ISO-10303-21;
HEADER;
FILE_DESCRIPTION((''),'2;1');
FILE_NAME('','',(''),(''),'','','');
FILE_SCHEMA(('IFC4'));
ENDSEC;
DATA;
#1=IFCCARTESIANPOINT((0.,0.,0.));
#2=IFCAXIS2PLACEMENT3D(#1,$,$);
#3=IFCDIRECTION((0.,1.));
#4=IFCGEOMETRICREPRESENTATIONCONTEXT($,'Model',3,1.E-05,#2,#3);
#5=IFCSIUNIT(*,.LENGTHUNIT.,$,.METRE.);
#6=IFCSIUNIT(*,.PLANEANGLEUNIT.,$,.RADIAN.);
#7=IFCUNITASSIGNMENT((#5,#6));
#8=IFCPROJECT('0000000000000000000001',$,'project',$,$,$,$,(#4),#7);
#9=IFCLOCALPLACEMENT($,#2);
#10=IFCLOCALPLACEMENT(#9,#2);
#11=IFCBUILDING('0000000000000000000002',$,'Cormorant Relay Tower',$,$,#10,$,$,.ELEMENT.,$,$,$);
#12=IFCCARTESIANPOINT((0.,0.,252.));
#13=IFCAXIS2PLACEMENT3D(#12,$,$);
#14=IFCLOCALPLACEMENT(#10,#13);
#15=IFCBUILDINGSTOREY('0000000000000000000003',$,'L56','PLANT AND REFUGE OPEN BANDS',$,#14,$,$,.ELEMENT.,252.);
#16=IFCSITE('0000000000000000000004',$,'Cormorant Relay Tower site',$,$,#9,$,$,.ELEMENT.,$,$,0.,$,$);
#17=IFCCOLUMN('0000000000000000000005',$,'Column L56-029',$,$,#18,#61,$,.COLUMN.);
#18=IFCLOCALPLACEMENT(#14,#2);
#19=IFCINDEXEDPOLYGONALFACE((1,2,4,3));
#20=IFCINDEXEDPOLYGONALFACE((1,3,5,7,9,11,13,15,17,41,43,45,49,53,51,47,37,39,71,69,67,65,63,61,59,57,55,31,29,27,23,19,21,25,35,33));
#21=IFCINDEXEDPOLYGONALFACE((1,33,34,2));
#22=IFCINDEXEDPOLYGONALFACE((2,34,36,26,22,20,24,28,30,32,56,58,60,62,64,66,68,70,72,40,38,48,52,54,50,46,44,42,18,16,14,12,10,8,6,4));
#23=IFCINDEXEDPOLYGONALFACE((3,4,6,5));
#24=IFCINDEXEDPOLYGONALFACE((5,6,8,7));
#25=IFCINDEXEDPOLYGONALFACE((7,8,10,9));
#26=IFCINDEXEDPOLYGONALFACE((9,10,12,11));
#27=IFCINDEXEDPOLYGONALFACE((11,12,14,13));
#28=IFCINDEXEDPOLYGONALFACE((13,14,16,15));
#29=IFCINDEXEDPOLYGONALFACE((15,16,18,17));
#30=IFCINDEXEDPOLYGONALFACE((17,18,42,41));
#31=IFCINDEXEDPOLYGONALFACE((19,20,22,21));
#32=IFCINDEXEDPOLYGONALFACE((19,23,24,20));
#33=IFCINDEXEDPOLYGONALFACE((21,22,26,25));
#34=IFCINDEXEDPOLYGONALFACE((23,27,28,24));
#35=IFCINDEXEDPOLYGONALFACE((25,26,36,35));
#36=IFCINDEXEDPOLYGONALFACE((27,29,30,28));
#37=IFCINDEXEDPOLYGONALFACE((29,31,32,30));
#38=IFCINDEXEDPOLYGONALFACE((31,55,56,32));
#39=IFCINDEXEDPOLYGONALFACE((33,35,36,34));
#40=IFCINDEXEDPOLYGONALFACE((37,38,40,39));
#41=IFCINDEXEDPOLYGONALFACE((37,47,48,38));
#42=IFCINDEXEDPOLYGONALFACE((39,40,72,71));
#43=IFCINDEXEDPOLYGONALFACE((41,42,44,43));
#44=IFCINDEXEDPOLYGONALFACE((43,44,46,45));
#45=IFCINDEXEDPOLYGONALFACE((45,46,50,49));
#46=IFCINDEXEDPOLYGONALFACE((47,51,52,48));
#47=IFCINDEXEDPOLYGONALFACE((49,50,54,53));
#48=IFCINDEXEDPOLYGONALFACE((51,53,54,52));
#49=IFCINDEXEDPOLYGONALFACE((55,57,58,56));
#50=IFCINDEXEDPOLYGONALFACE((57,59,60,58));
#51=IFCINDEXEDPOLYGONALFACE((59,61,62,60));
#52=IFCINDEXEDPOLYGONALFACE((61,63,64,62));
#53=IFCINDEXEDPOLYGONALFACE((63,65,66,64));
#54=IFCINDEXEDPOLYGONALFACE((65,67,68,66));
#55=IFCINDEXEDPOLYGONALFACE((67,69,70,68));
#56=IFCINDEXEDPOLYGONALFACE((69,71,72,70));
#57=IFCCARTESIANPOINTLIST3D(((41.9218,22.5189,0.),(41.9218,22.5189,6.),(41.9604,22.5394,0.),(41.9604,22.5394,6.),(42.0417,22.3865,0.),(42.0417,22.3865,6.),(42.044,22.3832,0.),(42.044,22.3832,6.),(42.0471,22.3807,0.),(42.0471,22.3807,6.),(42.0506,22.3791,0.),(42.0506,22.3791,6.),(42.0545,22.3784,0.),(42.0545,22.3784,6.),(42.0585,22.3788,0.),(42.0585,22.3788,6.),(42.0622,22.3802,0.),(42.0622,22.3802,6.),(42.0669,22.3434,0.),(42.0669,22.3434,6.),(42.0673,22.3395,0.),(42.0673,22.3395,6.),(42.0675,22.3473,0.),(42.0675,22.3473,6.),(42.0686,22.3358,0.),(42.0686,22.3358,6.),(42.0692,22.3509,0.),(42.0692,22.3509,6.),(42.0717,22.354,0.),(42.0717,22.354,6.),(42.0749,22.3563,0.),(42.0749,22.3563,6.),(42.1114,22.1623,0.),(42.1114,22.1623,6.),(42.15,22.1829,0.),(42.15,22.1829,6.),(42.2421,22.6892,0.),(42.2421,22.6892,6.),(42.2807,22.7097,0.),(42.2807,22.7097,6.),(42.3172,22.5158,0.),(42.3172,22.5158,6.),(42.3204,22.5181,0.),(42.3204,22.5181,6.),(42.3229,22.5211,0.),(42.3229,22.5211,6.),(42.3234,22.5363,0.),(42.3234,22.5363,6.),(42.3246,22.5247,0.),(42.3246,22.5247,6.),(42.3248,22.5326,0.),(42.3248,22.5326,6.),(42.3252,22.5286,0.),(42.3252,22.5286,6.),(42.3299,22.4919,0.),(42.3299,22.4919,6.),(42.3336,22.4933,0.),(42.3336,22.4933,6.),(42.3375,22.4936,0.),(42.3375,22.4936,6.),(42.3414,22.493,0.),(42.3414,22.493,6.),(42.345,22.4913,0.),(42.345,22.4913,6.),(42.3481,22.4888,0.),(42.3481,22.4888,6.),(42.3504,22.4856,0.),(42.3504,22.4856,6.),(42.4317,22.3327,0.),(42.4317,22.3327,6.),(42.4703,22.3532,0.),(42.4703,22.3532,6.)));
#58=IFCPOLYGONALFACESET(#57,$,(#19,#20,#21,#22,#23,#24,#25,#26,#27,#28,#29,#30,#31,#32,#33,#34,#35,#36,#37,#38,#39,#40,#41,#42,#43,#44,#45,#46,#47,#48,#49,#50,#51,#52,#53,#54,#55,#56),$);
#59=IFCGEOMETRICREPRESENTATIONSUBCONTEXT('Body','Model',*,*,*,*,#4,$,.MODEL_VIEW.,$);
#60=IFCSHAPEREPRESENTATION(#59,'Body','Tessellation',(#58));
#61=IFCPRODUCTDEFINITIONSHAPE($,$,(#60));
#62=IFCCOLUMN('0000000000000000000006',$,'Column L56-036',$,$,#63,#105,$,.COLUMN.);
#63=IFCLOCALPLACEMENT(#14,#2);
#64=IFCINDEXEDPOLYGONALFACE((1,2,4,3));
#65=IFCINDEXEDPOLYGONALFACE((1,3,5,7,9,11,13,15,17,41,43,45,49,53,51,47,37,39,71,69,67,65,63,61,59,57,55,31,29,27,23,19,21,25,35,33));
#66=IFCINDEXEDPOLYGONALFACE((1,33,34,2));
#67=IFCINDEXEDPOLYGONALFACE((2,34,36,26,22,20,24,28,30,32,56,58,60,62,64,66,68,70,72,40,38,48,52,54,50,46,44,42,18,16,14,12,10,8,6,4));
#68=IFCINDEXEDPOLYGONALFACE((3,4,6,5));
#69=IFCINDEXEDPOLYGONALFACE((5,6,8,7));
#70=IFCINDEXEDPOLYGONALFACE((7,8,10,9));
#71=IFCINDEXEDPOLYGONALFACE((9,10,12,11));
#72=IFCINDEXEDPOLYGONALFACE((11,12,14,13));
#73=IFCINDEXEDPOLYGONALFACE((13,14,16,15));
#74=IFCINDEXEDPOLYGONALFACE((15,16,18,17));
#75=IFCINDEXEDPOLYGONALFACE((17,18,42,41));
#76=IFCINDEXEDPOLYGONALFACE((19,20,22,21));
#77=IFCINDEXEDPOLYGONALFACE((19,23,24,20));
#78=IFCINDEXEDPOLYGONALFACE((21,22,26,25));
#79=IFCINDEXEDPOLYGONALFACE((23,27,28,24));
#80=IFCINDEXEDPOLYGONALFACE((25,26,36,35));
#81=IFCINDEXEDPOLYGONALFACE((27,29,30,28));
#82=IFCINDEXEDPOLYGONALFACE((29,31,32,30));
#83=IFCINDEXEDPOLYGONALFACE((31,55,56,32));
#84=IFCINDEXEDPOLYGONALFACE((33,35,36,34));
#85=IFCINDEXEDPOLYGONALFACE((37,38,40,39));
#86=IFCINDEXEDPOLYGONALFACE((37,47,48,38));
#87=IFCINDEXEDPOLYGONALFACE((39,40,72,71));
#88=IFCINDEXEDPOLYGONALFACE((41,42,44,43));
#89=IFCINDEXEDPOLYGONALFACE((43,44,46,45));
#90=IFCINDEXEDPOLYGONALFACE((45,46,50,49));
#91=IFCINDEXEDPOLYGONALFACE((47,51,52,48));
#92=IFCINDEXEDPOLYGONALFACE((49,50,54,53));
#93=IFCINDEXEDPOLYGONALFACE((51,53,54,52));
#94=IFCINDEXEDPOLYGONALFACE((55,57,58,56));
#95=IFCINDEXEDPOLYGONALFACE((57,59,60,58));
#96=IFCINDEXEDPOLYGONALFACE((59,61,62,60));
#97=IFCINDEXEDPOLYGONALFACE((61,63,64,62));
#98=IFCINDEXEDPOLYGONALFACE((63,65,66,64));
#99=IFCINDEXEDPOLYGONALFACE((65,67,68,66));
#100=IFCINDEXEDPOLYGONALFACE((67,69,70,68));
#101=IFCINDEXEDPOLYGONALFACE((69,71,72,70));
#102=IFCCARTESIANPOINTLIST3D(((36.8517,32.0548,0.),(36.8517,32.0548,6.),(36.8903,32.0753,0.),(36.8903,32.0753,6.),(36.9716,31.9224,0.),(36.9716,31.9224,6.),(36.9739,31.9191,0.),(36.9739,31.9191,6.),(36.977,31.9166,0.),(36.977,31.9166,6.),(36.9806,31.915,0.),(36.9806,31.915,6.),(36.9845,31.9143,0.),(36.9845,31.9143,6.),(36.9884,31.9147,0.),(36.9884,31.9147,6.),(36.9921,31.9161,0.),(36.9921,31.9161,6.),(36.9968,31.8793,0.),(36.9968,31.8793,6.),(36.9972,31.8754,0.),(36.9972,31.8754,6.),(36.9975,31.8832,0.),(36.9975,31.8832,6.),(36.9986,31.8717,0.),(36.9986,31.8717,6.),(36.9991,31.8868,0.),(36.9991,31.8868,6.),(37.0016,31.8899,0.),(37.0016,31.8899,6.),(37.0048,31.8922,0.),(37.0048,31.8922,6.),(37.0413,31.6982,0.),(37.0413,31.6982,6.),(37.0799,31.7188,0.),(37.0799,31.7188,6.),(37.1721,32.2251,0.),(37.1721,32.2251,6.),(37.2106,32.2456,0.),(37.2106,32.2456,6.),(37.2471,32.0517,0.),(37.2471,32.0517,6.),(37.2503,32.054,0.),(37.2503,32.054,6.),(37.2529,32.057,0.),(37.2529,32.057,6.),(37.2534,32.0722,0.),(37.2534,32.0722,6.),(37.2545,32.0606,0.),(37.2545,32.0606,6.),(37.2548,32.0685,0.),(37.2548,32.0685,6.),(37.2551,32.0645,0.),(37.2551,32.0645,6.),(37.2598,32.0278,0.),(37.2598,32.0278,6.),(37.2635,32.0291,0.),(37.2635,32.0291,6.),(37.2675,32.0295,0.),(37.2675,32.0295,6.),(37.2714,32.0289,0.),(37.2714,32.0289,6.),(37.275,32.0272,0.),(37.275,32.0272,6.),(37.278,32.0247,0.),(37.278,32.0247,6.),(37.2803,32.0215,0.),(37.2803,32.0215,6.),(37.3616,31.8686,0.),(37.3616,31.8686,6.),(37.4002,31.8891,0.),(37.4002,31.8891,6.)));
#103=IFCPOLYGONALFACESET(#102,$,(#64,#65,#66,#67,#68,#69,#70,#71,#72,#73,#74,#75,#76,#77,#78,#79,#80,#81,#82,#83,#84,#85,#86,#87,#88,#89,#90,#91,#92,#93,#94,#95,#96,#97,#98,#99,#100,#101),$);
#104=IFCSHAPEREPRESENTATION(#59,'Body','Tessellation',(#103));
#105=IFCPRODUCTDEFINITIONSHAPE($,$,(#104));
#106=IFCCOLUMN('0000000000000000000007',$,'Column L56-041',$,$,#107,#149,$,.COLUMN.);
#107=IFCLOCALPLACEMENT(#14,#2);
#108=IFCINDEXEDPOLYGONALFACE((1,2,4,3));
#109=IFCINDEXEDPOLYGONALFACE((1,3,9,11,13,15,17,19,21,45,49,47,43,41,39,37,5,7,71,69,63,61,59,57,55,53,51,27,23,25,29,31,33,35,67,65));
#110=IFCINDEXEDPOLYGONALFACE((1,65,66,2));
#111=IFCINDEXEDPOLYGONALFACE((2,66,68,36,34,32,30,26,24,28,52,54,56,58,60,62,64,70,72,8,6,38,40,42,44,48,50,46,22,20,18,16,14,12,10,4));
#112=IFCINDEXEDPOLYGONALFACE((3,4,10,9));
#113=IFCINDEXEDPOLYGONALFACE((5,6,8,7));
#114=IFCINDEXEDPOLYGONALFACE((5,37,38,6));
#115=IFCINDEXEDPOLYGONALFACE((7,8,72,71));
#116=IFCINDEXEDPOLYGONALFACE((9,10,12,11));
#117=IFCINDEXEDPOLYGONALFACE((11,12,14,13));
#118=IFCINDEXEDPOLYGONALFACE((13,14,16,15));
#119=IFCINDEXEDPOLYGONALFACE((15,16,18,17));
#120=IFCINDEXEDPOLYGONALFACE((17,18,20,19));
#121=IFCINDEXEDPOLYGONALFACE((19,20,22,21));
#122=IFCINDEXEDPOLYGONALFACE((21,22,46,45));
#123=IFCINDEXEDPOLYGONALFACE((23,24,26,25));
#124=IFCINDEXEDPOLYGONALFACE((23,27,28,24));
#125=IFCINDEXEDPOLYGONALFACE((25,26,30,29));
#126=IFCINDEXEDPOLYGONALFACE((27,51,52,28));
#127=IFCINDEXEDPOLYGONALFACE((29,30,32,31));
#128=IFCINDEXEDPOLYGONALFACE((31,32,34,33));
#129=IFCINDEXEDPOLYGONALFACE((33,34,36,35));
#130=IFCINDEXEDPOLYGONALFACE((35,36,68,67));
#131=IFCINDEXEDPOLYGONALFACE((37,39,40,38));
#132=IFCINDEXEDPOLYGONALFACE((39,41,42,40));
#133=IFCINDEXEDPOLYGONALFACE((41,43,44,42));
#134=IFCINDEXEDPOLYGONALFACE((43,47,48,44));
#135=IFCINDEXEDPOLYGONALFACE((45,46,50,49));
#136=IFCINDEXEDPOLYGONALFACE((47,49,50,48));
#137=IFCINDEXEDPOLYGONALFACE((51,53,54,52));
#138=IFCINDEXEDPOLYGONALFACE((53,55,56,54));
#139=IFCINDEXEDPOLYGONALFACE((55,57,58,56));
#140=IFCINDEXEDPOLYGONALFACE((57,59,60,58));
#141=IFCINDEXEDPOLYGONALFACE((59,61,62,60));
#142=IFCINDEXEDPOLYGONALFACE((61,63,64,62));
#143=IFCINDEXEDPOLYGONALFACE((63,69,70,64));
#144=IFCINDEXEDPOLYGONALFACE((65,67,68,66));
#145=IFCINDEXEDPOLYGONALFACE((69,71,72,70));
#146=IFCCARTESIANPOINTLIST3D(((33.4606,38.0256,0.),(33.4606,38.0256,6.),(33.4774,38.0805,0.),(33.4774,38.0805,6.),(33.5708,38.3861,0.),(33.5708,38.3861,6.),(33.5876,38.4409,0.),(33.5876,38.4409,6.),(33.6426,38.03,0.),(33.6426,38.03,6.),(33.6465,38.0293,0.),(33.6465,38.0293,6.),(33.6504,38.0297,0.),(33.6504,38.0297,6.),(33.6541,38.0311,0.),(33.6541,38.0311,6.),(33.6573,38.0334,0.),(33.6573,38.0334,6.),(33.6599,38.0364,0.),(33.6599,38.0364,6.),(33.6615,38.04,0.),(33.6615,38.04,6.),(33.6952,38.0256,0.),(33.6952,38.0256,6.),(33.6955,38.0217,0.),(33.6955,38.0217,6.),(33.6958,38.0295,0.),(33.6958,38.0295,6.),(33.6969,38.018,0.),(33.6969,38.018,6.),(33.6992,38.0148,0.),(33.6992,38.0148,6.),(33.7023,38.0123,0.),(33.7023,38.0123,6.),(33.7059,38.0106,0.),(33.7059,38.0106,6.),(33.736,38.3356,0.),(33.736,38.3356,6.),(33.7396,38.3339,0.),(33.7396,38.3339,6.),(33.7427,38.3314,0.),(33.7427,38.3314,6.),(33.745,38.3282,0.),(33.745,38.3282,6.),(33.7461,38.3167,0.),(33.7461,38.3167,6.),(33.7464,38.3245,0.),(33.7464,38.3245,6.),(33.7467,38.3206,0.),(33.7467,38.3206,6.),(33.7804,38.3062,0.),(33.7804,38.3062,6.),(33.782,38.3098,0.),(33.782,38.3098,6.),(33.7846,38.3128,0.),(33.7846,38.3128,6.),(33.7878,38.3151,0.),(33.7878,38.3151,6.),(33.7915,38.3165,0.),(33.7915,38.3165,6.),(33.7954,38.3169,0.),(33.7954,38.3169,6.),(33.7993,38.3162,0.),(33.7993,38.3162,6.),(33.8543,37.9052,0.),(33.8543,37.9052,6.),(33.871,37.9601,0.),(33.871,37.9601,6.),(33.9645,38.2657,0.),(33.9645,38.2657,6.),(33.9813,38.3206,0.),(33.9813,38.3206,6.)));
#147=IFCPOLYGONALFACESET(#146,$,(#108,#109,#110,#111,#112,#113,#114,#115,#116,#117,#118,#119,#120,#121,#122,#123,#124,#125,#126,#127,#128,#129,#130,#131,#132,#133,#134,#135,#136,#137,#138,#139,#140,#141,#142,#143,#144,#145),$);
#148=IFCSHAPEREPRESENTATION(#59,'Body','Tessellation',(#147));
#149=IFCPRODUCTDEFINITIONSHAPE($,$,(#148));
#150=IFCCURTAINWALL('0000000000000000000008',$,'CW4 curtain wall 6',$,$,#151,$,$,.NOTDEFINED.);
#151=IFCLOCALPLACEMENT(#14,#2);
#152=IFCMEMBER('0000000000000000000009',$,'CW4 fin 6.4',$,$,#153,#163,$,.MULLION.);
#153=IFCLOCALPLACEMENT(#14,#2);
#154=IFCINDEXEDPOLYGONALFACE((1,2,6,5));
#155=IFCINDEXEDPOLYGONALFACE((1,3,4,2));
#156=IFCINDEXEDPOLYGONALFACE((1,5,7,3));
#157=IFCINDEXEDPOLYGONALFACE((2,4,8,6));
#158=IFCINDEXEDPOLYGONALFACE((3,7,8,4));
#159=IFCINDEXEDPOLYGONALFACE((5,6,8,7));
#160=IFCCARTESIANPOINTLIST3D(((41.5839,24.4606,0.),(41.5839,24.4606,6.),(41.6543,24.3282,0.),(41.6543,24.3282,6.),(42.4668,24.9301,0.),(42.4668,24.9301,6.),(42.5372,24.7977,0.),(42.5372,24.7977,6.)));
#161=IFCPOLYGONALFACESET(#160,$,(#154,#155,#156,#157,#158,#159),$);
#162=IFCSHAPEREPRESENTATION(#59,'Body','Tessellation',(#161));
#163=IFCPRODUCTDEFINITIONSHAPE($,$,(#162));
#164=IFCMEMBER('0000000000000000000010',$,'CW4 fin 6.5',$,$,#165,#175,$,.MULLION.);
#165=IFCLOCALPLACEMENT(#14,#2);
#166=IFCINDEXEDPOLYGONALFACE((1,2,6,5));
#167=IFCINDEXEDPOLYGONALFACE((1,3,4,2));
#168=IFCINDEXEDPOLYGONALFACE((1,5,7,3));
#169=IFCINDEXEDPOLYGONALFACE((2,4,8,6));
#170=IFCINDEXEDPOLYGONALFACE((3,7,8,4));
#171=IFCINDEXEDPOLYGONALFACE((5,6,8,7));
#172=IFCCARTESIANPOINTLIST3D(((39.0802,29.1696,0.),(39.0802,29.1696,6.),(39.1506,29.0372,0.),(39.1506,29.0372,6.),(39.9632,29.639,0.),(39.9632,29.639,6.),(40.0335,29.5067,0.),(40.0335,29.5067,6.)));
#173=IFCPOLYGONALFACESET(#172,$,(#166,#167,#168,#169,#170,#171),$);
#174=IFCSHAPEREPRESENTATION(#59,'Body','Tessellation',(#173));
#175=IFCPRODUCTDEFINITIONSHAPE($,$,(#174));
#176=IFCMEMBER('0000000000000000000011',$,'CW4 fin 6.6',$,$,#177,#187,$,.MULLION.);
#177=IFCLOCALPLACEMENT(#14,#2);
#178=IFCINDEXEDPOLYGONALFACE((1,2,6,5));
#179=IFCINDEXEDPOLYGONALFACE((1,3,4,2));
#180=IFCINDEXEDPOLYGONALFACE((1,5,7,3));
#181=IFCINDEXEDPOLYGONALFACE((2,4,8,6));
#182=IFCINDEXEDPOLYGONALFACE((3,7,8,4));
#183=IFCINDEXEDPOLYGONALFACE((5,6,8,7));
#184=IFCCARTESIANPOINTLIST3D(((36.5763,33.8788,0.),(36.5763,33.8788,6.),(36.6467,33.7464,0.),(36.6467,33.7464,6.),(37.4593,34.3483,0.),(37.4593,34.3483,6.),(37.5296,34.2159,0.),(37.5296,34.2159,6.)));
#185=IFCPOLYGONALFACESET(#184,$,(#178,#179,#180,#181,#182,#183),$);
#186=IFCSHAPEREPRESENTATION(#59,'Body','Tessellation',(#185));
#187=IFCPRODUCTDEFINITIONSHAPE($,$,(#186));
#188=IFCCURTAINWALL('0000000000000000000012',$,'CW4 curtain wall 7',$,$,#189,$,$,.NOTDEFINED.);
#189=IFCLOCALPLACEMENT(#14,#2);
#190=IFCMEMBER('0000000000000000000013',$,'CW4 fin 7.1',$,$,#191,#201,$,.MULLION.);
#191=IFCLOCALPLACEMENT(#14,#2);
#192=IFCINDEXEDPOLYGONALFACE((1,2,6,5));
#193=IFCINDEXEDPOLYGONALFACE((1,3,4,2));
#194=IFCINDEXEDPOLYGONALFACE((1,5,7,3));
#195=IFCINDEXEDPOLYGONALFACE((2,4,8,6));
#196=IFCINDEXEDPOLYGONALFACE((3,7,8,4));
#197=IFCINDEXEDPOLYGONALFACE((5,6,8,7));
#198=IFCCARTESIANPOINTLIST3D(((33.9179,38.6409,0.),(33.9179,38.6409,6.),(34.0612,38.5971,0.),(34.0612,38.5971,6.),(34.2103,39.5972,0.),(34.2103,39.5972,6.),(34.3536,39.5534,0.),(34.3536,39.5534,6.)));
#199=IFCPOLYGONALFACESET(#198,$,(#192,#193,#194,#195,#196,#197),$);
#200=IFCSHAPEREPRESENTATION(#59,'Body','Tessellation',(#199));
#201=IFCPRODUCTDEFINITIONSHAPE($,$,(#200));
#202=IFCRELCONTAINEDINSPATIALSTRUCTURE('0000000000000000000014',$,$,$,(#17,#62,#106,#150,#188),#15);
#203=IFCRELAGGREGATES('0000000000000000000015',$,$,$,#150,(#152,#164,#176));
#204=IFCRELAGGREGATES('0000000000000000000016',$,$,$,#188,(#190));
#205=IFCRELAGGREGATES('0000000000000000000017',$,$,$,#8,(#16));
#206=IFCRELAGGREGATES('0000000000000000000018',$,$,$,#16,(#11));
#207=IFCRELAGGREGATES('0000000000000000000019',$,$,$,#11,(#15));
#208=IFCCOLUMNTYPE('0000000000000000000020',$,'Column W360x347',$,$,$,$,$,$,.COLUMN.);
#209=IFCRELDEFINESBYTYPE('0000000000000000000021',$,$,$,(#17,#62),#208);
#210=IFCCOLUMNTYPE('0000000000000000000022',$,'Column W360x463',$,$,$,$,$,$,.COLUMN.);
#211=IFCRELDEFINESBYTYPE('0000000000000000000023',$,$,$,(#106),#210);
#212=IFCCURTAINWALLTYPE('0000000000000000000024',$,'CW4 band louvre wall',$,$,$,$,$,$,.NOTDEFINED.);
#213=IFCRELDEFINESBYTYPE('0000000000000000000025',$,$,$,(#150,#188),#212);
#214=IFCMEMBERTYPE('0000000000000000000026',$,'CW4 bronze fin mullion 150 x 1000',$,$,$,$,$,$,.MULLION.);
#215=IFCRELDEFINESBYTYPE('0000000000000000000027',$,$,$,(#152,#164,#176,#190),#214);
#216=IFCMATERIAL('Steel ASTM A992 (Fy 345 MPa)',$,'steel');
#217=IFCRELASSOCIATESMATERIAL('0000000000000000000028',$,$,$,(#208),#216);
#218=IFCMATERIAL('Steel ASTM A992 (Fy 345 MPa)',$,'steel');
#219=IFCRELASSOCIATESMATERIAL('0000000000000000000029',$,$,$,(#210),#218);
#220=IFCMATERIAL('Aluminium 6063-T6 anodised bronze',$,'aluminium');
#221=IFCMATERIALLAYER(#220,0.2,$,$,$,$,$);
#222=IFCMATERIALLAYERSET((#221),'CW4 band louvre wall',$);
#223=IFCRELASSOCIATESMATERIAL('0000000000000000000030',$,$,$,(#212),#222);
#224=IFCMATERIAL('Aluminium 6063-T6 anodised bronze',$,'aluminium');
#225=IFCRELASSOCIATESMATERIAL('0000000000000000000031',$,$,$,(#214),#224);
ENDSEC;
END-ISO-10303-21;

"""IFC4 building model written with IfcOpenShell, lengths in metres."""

from ifc_helpers import new_model, si_unit, direction, frame, origin, origin_2d, place, context, subcontext, project, spatial, rectangle, i_section, extrude, material, layer, layer_set, material_profile, profile_set, type_object, element, aggregate, save


model = new_model("IFC4")

# Units and contexts
model_context = context("Model", 3, precision=1e-05, world=origin(), true_north=direction((0.0, 1.0)))
body_context = subcontext(model_context, "Body", "Model", "MODEL_VIEW")
ifc_project = project(units=[si_unit("LENGTHUNIT", "METRE"), si_unit("PLANEANGLEUNIT", "RADIAN")], contexts=[model_context])

# Site, building, storey
site_placement = place(None, origin())
site = spatial("IfcSite", under=ifc_project, at=site_placement, Name="Cormorant Relay Tower site", CompositionType="ELEMENT", RefElevation=0.0)
building_placement = place(site_placement, origin())
building = spatial("IfcBuilding", under=site, at=building_placement, Name="Cormorant Relay Tower", CompositionType="ELEMENT")
storey_placement = place(building_placement, frame((0.0, 0.0, 252.0)))
storey = spatial("IfcBuildingStorey", under=building, at=storey_placement, Name="L56", Description="PLANT AND REFUGE OPEN BANDS", CompositionType="ELEMENT", Elevation=252.0)

# Columns
ifc_material_1 = material(Name="Steel ASTM A992 (Fy 345 MPa)", Category="steel")
ifc_material_profile_1 = material_profile(ifc_material_1, i_section(OverallWidth=0.4038, OverallDepth=0.4065, WebThickness=0.0271, FlangeThickness=0.0437, FilletRadius=0.0151, at=origin_2d()), Name="W360x347")
ifc_profile_set_1 = profile_set([ifc_material_profile_1], Name="Steel ASTM A992 (Fy 345 MPa)")
column_type_1 = type_object("IfcColumnType", Name="Column W360x347", PredefinedType="COLUMN", material=ifc_profile_set_1)
for number, where, z_axis, x_axis, name in (
    (1, (42.196, 22.436, 0.0), (0.0, 0.0, 1.0), (-0.469472, 0.882948, 0.0), "Column L56-029"),
    (2, (37.126, 31.9719, 0.0), (0.0, 0.0, 1.0), (-0.469472, 0.882948, 0.0), "Column L56-036"),
):
    element("IfcColumn", number, at=place(storey_placement, frame(where, z_axis=z_axis, x_axis=x_axis)), inside=storey, type_object=column_type_1, Name=name, PredefinedType="COLUMN", context=body_context, shape_type="SweptSolid", body=[
        extrude(i_section(OverallWidth=0.4038, OverallDepth=0.4065, WebThickness=0.0271, FlangeThickness=0.0437, FilletRadius=0.0151, at=origin_2d()), origin(), (0.0, 0.0, 1.0), 6.0),
    ])
ifc_material_2 = material(Name="Steel ASTM A992 (Fy 345 MPa)", Category="steel")
ifc_material_profile_2 = material_profile(ifc_material_2, i_section(OverallWidth=0.4116, OverallDepth=0.4343, WebThickness=0.0359, FlangeThickness=0.0574, FilletRadius=0.0151, at=origin_2d()), Name="W360x463")
ifc_profile_set_2 = profile_set([ifc_material_profile_2], Name="Steel ASTM A992 (Fy 345 MPa)")
column_type_2 = type_object("IfcColumnType", Name="Column W360x463", PredefinedType="COLUMN", material=ifc_profile_set_2)
column_placement = place(storey_placement, frame((33.7209, 38.1731, 0.0), z_axis=(0.0, 0.0, 1.0), x_axis=(-0.956305, 0.292372, 0.0)))
element("IfcColumn", 3, at=column_placement, inside=storey, type_object=column_type_2, Name="Column L56-041", PredefinedType="COLUMN", context=body_context, shape_type="SweptSolid", body=[
    extrude(i_section(OverallWidth=0.4116, OverallDepth=0.4343, WebThickness=0.0359, FlangeThickness=0.0574, FilletRadius=0.0151, at=origin_2d()), origin(), (0.0, 0.0, 1.0), 6.0),
])

# Curtain walls, members
ifc_material_3 = material(Name="Aluminium 6063-T6 anodised bronze", Category="aluminium")
ifc_layer_1 = layer(ifc_material_3, 0.2)
ifc_layer_set_1 = layer_set([ifc_layer_1], Name="CW4 band louvre wall")
curtain_wall_type = type_object("IfcCurtainWallType", Name="CW4 band louvre wall", PredefinedType="NOTDEFINED", material=ifc_layer_set_1)
curtain_wall_1_placement = place(storey_placement, origin())
curtain_wall_1 = element("IfcCurtainWall", 4, at=curtain_wall_1_placement, inside=storey, type_object=curtain_wall_type, Name="CW4 curtain wall 6", PredefinedType="NOTDEFINED")
ifc_material_4 = material(Name="Aluminium 6063-T6 anodised bronze", Category="aluminium")
ifc_material_profile_3 = material_profile(ifc_material_4, rectangle(XDim=0.1499, YDim=1.0, at=origin_2d()), Name="AL 150x1000")
ifc_profile_set_3 = profile_set([ifc_material_profile_3], Name="Aluminium 6063-T6 anodised bronze")
member_type_1 = type_object("IfcMemberType", Name="CW4 bronze fin mullion 150 x 1000", PredefinedType="MULLION", material=ifc_profile_set_3)
member_1_placement = place(storey_placement, frame((42.0605, 24.6292, 0.0), z_axis=(0.0, 0.0, 1.0), x_axis=(-0.469472, 0.882948, 0.0)))
member_1 = element("IfcMember", 5, at=member_1_placement, type_object=member_type_1, Name="CW4 fin 6.4", PredefinedType="MULLION", context=body_context, shape_type="SweptSolid", body=[
    extrude(rectangle(XDim=0.1499, YDim=1.0, at=origin_2d()), origin(), (0.0, 0.0, 1.0), 6.0),
])
member_2_placement = place(storey_placement, frame((39.5569, 29.3381, 0.0), z_axis=(0.0, 0.0, 1.0), x_axis=(-0.469472, 0.882948, 0.0)))
member_2 = element("IfcMember", 6, at=member_2_placement, type_object=member_type_1, Name="CW4 fin 6.5", PredefinedType="MULLION", context=body_context, shape_type="SweptSolid", body=[
    extrude(rectangle(XDim=0.1499, YDim=1.0, at=origin_2d()), origin(), (0.0, 0.0, 1.0), 6.0),
])
member_3_placement = place(storey_placement, frame((37.053, 34.0474, 0.0), z_axis=(0.0, 0.0, 1.0), x_axis=(-0.469472, 0.882948, 0.0)))
member_3 = element("IfcMember", 7, at=member_3_placement, type_object=member_type_1, Name="CW4 fin 6.6", PredefinedType="MULLION", context=body_context, shape_type="SweptSolid", body=[
    extrude(rectangle(XDim=0.1499, YDim=1.0, at=origin_2d()), origin(), (0.0, 0.0, 1.0), 6.0),
])
curtain_wall_2_placement = place(storey_placement, origin())
curtain_wall_2 = element("IfcCurtainWall", 8, at=curtain_wall_2_placement, inside=storey, type_object=curtain_wall_type, Name="CW4 curtain wall 7", PredefinedType="NOTDEFINED")
member_4_placement = place(storey_placement, frame((34.1357, 39.0972, 0.0), z_axis=(0.0, 0.0, 1.0), x_axis=(-0.956305, 0.292372, 0.0)))
member_4 = element("IfcMember", 9, at=member_4_placement, type_object=member_type_1, Name="CW4 fin 7.1", PredefinedType="MULLION", context=body_context, shape_type="SweptSolid", body=[
    extrude(rectangle(XDim=0.1499, YDim=1.0, at=origin_2d()), origin(), (0.0, 0.0, 1.0), 6.0),
])

aggregate(curtain_wall_1, [member_1, member_2, member_3])
aggregate(curtain_wall_2, [member_4])

save(model, "model.ifc")
